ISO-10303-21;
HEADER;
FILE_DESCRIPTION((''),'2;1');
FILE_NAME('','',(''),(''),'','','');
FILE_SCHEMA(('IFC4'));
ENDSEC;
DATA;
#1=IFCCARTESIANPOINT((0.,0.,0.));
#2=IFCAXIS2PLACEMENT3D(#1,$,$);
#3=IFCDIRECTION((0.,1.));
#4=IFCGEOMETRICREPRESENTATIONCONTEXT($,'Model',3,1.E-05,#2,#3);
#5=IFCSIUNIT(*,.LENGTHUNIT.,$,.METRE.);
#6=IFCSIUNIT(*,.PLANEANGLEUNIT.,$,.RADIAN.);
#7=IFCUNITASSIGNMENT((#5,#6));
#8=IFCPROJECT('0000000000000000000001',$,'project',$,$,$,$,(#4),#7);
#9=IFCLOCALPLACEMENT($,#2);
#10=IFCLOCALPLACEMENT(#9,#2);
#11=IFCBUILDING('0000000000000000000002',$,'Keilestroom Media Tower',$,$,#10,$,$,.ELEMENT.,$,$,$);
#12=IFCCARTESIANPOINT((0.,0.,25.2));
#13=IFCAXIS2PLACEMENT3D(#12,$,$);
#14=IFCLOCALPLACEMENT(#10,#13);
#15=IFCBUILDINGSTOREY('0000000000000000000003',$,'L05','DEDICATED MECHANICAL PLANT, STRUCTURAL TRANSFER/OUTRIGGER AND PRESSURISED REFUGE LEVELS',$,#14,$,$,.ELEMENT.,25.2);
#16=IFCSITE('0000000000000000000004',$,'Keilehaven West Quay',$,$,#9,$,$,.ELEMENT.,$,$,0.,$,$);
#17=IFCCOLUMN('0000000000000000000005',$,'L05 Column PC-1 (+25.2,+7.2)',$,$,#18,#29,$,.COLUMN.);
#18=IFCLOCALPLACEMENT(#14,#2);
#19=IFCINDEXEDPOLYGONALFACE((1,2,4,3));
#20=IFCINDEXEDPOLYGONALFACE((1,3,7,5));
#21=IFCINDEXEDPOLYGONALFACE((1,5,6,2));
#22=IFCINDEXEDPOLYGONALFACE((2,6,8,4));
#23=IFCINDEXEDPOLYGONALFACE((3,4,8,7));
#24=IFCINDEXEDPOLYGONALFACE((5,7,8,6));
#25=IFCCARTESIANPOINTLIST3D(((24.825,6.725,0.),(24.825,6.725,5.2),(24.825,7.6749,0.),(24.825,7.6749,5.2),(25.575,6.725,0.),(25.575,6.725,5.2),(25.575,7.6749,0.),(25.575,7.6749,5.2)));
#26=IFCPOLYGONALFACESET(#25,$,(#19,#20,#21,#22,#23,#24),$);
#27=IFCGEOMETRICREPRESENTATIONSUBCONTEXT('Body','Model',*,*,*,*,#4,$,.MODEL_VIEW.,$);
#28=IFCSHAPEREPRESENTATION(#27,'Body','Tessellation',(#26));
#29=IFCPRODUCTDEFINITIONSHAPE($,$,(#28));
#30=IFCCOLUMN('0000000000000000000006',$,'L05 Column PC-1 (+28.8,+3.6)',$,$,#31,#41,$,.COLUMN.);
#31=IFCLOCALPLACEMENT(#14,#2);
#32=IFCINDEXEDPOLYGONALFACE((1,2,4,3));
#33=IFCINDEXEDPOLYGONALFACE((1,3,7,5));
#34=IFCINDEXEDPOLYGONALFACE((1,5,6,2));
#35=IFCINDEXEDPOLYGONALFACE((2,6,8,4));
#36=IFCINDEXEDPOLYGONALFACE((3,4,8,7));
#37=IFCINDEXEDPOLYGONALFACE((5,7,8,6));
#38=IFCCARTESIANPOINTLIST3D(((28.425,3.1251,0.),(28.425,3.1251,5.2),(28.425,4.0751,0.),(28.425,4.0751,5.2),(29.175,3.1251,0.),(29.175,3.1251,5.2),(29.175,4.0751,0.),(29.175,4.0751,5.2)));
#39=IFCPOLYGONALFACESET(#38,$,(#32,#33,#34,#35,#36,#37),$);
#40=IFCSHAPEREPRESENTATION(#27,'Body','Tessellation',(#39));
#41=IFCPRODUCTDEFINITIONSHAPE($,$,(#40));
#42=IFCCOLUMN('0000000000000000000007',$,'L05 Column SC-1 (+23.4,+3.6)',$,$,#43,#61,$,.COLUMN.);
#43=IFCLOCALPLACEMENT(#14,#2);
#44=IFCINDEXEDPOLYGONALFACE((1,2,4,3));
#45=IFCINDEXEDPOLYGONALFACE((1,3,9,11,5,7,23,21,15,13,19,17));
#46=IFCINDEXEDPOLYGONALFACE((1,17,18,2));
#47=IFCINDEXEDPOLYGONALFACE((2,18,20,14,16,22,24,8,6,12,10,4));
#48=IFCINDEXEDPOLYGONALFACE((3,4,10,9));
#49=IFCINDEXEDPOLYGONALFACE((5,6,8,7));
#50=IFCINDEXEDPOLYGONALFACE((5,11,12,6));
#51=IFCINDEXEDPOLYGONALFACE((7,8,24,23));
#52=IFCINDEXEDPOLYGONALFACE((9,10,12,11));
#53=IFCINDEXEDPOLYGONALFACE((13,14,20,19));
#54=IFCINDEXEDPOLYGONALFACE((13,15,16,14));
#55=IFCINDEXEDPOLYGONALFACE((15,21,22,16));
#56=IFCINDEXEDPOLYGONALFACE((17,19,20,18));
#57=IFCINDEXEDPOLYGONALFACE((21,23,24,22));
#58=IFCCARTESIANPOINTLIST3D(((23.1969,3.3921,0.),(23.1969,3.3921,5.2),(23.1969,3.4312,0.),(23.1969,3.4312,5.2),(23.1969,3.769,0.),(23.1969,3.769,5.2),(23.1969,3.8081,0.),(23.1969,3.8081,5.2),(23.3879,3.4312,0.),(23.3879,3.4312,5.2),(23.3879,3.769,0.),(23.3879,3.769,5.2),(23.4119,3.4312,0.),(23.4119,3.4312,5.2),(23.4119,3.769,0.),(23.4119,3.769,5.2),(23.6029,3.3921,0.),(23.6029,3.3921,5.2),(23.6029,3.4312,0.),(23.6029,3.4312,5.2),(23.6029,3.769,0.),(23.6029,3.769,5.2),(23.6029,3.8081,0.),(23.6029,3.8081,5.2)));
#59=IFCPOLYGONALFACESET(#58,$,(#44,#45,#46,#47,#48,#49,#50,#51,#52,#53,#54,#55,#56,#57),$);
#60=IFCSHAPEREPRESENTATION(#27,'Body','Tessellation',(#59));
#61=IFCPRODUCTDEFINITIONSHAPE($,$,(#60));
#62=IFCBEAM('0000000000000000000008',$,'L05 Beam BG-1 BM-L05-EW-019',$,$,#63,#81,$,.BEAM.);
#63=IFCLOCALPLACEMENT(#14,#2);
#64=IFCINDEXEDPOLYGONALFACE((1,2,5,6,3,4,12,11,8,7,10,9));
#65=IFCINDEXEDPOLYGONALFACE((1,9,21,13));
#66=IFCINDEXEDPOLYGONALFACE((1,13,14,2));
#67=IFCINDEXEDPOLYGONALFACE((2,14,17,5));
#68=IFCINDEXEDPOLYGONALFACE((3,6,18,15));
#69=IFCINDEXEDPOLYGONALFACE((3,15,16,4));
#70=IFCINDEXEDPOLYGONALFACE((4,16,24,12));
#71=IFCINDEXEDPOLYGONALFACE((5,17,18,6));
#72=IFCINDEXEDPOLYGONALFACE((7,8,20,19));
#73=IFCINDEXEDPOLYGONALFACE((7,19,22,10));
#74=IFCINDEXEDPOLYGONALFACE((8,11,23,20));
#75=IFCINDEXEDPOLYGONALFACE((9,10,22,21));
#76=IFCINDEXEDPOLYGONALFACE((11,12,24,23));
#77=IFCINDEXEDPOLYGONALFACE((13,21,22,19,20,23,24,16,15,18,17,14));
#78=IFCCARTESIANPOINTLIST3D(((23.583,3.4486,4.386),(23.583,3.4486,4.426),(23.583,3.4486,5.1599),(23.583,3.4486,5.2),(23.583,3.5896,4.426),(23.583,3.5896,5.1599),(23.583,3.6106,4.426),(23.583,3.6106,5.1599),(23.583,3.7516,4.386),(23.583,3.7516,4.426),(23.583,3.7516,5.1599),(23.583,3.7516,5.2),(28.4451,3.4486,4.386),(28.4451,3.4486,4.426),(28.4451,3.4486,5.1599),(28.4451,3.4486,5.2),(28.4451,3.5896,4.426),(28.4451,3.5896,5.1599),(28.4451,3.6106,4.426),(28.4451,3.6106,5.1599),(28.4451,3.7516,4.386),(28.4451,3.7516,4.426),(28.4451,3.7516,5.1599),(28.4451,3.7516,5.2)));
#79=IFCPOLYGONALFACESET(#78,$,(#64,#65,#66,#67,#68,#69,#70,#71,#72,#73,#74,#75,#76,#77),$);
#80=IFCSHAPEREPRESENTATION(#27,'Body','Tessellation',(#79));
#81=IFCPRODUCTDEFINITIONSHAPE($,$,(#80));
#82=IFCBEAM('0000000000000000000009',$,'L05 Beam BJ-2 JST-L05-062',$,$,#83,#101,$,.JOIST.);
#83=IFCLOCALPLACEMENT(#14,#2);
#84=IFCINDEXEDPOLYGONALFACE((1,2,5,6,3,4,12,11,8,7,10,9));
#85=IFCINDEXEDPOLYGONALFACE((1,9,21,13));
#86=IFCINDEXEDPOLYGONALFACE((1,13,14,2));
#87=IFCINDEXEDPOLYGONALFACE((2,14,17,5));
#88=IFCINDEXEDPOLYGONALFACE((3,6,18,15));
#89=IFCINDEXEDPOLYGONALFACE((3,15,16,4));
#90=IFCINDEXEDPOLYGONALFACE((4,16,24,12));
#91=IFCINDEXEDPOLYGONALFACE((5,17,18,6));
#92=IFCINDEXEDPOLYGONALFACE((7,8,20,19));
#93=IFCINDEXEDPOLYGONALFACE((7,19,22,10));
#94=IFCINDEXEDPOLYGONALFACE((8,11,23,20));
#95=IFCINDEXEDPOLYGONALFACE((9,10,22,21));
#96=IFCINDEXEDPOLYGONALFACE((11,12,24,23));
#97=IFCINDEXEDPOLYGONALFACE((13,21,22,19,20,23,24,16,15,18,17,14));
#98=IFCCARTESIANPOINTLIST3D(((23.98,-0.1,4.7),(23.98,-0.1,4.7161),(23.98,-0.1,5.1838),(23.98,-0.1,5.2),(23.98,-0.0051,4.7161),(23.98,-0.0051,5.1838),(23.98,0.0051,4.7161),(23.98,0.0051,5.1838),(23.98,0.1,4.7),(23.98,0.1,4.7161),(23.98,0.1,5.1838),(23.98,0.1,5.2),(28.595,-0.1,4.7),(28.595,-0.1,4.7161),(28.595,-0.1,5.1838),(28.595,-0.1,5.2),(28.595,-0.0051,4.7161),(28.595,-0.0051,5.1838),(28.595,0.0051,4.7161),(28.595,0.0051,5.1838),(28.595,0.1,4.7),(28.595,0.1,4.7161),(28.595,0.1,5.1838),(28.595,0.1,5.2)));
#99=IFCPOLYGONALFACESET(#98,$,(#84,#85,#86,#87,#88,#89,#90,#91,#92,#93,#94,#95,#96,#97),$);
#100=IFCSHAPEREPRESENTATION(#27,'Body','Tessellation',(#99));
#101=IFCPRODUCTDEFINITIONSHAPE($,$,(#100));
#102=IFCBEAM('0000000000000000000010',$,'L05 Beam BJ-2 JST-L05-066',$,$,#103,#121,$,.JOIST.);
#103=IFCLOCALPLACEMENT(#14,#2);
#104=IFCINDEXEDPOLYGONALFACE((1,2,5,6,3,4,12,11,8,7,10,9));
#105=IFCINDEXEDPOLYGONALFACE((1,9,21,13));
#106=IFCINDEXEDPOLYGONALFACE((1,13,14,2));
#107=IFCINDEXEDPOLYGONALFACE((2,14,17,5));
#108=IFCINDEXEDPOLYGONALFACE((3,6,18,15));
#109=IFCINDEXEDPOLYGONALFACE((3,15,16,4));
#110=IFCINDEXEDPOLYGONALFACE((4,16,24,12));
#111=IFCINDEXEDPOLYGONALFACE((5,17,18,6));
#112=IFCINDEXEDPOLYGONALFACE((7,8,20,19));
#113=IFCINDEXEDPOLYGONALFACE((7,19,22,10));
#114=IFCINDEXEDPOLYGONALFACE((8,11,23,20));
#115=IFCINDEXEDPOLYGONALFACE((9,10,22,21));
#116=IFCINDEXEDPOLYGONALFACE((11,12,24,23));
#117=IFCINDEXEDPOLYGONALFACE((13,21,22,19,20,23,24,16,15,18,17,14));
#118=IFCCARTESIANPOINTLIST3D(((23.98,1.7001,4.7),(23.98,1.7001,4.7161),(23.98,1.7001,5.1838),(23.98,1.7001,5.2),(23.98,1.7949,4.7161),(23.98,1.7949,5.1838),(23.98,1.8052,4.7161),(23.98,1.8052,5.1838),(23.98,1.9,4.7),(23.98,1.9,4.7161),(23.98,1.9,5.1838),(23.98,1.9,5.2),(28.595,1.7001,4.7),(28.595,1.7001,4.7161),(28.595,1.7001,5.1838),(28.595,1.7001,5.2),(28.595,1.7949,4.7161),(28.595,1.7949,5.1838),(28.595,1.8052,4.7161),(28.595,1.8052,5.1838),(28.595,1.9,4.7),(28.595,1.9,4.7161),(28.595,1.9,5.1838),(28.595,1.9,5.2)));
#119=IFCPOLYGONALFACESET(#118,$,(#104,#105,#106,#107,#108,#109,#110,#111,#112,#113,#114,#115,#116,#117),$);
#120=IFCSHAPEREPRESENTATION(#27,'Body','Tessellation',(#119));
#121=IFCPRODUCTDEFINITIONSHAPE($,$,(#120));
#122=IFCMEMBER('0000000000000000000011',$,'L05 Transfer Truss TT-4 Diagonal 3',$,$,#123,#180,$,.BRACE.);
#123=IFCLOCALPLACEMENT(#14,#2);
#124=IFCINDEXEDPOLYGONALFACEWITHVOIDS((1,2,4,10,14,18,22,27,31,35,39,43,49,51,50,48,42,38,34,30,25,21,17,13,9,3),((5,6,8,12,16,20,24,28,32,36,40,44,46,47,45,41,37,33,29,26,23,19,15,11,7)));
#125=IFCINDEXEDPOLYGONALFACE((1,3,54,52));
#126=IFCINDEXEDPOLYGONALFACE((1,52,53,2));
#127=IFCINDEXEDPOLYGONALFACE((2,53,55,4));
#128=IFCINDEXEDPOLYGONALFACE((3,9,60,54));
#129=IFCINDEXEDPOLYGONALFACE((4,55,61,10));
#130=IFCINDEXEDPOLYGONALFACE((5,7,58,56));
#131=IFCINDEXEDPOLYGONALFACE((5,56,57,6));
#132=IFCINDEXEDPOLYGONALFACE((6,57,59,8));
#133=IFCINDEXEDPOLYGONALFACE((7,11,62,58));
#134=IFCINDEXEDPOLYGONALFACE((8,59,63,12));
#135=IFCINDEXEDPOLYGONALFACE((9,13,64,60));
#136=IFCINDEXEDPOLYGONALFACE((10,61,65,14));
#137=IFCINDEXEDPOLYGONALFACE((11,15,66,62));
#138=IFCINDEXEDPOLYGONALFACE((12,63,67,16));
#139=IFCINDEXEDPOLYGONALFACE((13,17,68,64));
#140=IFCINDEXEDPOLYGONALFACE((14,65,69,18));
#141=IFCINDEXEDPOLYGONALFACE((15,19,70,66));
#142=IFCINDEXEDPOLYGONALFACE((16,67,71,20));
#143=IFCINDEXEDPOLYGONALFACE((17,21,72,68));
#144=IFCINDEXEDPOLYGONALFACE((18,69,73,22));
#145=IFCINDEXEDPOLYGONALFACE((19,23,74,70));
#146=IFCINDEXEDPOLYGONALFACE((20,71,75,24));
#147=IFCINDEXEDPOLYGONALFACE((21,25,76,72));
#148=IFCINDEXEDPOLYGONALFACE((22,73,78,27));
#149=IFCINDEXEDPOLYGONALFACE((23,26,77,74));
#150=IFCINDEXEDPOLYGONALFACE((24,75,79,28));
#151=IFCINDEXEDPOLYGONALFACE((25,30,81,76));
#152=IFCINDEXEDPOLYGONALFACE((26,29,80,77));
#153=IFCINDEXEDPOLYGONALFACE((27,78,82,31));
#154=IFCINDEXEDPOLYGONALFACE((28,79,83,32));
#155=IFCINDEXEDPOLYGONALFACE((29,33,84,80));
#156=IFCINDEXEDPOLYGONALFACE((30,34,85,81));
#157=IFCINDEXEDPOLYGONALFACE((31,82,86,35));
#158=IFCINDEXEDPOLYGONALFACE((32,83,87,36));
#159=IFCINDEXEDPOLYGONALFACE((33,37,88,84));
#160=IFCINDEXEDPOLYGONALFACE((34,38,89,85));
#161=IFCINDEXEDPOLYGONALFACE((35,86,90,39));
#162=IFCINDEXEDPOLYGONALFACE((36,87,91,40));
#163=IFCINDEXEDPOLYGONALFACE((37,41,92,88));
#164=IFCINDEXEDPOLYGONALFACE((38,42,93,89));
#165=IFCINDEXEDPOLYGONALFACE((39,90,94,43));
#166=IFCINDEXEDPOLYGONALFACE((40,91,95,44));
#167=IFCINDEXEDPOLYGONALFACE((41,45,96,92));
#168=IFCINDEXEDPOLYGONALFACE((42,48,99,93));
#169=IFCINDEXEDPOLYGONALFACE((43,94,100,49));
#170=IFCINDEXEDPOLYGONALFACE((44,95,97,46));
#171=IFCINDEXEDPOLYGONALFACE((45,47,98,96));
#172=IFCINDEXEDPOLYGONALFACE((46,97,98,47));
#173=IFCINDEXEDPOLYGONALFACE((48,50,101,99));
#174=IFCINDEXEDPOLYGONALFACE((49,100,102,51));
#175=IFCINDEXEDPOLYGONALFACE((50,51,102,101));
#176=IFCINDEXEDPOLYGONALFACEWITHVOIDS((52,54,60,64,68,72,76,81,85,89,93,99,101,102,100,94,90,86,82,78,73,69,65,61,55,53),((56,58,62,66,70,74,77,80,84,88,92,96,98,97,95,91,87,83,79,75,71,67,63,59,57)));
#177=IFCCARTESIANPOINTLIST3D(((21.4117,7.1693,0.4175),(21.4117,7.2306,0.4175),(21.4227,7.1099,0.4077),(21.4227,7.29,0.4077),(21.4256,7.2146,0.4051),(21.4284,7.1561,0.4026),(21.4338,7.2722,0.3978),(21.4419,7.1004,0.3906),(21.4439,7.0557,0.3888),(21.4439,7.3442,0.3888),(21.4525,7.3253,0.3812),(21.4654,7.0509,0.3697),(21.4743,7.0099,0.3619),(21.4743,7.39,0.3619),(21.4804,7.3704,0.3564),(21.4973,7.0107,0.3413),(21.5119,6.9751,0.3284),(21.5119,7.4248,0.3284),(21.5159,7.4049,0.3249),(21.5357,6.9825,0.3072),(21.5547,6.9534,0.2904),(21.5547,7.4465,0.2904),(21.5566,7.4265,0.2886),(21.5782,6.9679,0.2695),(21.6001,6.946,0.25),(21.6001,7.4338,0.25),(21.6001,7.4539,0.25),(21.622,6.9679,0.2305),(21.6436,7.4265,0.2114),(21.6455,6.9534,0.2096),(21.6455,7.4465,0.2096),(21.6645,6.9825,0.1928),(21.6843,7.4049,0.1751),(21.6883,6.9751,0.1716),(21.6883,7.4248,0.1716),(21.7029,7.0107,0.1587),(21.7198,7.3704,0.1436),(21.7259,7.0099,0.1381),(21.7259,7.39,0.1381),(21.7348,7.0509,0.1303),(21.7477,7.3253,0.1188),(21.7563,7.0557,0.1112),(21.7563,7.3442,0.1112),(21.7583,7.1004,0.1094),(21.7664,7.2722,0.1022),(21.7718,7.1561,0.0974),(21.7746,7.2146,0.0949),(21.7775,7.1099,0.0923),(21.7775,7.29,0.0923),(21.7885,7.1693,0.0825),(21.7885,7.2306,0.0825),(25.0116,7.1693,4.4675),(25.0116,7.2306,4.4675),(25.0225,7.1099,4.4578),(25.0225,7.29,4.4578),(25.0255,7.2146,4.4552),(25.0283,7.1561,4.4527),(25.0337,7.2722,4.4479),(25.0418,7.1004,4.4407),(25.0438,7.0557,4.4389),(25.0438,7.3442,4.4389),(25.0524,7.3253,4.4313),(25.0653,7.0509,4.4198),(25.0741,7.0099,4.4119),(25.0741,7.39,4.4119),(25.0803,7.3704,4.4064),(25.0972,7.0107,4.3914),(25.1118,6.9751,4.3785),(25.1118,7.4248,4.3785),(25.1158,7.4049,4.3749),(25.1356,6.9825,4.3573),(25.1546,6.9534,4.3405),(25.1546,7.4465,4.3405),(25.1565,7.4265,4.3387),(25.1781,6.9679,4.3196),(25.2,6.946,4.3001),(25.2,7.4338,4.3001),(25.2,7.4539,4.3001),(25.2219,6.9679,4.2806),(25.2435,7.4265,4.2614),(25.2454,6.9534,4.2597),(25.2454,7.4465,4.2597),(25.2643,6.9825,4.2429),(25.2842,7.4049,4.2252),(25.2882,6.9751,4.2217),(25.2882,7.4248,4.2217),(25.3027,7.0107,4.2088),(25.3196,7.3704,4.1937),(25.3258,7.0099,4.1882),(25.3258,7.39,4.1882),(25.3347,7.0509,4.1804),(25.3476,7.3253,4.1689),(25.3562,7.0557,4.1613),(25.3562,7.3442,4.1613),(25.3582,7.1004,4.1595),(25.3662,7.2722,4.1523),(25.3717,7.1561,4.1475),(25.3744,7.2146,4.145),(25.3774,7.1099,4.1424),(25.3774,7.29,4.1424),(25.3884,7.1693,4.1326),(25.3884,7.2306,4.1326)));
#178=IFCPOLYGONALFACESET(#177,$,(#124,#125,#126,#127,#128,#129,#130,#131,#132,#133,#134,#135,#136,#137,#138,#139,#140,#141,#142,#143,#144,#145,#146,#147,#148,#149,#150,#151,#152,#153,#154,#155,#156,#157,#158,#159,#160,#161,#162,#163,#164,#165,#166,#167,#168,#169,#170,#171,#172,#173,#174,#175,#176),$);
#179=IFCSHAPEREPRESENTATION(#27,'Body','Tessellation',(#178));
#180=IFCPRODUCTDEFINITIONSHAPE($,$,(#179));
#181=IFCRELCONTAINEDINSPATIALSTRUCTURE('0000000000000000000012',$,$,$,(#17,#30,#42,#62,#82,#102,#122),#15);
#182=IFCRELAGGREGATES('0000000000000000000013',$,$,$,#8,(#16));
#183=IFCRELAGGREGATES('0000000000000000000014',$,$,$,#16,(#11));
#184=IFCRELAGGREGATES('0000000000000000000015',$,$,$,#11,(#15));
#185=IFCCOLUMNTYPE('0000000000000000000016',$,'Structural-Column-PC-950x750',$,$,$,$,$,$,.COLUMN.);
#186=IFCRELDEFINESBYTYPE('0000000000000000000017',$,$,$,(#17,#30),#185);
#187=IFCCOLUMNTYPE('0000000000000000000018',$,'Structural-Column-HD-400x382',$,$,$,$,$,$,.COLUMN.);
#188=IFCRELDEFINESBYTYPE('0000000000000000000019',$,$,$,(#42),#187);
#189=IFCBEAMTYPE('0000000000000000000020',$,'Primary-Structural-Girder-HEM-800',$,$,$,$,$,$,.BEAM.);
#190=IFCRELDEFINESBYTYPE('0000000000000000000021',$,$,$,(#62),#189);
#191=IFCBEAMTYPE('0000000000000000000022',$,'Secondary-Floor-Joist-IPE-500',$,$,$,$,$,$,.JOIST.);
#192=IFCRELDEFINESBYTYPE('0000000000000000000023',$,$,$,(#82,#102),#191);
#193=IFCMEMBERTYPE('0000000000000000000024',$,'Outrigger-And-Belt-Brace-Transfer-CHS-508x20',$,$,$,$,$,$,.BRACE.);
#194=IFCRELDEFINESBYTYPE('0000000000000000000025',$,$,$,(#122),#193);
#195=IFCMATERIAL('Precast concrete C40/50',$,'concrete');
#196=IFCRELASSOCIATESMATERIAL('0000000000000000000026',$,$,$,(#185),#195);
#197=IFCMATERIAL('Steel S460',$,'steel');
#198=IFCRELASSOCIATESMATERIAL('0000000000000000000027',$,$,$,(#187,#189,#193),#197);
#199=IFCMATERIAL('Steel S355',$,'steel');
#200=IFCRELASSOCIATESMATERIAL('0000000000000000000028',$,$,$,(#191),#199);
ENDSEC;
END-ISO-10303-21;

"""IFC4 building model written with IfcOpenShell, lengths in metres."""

from ifc_helpers import new_model, si_unit, direction, frame, origin, origin_2d, place, context, subcontext, project, spatial, rectangle, hollow_circle, i_section, extrude, source, transform, mapped, material, material_profile, profile_set, type_object, element, save


model = new_model("IFC4")

# Units and contexts
model_context = context("Model", 3, precision=1e-05, world=origin(), true_north=direction((0.0, 1.0)))
body_context = subcontext(model_context, "Body", "Model", "MODEL_VIEW")
ifc_project = project(units=[si_unit("LENGTHUNIT", "METRE"), si_unit("PLANEANGLEUNIT", "RADIAN")], contexts=[model_context])

# Site, building, storey
site_placement = place(None, origin())
site = spatial("IfcSite", under=ifc_project, at=site_placement, Name="Keilehaven West Quay", CompositionType="ELEMENT", RefElevation=0.0)
building_placement = place(site_placement, origin())
building = spatial("IfcBuilding", under=site, at=building_placement, Name="Keilestroom Media Tower", CompositionType="ELEMENT")
storey_placement = place(building_placement, frame((0.0, 0.0, 25.2)))
storey = spatial("IfcBuildingStorey", under=building, at=storey_placement, Name="L05", Description="DEDICATED MECHANICAL PLANT, STRUCTURAL TRANSFER/OUTRIGGER AND PRESSURISED REFUGE LEVELS", CompositionType="ELEMENT", Elevation=25.2)

# Columns
ifc_material_1 = material(Name="Precast concrete C40/50", Category="concrete")
ifc_material_profile_1 = material_profile(ifc_material_1, rectangle(XDim=0.75, YDim=0.95, at=origin_2d()), Name="PC 950x750")
ifc_profile_set_1 = profile_set([ifc_material_profile_1], Name="Precast concrete C40/50")
column_type_1 = type_object("IfcColumnType", Name="Structural-Column-PC-950x750", PredefinedType="COLUMN", material=ifc_profile_set_1)
shared_shape_1 = source(origin(), body_context, "Body", "SweptSolid", [
    extrude(rectangle(XDim=0.75, YDim=0.95, at=origin_2d()), origin(), (0.0, 0.0, 1.0), 5.2),
])
for number, where, z_axis, x_axis, name in (
    (1, (25.2, 7.2, 0.0), (0.0, 0.0, 1.0), (1.0, 0.0, 0.0), "L05 Column PC-1 (+25.2,+7.2)"),
    (2, (28.8, 3.6001, 0.0), (0.0, 0.0, 1.0), (1.0, 0.0, 0.0), "L05 Column PC-1 (+28.8,+3.6)"),
):
    element("IfcColumn", number, at=place(storey_placement, frame(where, z_axis=z_axis, x_axis=x_axis)), inside=storey, type_object=column_type_1, Name=name, PredefinedType="COLUMN", context=body_context, shape_type="MappedRepresentation", body=[
        mapped(shared_shape_1, transform((0.0, 0.0, 0.0), x_axis=(1.0, 0.0, 0.0), y_axis=(0.0, 1.0, 0.0), z_axis=(0.0, 0.0, 1.0), scale=1.0)),
    ])
ifc_material_2 = material(Name="Steel S460", Category="steel")
ifc_material_profile_2 = material_profile(ifc_material_2, i_section(OverallWidth=0.406, OverallDepth=0.416, WebThickness=0.0239, FlangeThickness=0.0391, at=origin_2d()), Name="HD 400x382")
ifc_profile_set_2 = profile_set([ifc_material_profile_2], Name="Steel S460")
column_type_2 = type_object("IfcColumnType", Name="Structural-Column-HD-400x382", PredefinedType="COLUMN", material=ifc_profile_set_2)
shared_shape_2 = source(origin(), body_context, "Body", "SweptSolid", [
    extrude(i_section(OverallWidth=0.406, OverallDepth=0.416, WebThickness=0.0239, FlangeThickness=0.0391, at=origin_2d()), origin(), (0.0, 0.0, 1.0), 5.2),
])
column_placement = place(storey_placement, frame((23.3999, 3.6001, 0.0), z_axis=(0.0, 0.0, 1.0), x_axis=(1.0, 0.0, 0.0)))
element("IfcColumn", 3, at=column_placement, inside=storey, type_object=column_type_2, Name="L05 Column SC-1 (+23.4,+3.6)", PredefinedType="COLUMN", context=body_context, shape_type="MappedRepresentation", body=[
    mapped(shared_shape_2, transform((0.0, 0.0, 0.0), x_axis=(1.0, 0.0, 0.0), y_axis=(0.0, 1.0, 0.0), z_axis=(0.0, 0.0, 1.0), scale=1.0)),
])

# Beams
ifc_material_profile_3 = material_profile(ifc_material_2, i_section(OverallWidth=0.303, OverallDepth=0.814, WebThickness=0.021, FlangeThickness=0.04, at=origin_2d()), Name="HEM 800")
ifc_profile_set_3 = profile_set([ifc_material_profile_3], Name="Steel S460")
beam_type_1 = type_object("IfcBeamType", Name="Primary-Structural-Girder-HEM-800", PredefinedType="BEAM", material=ifc_profile_set_3)
shared_shape_3 = source(origin(), body_context, "Body", "SweptSolid", [
    extrude(i_section(OverallWidth=0.303, OverallDepth=0.814, WebThickness=0.021, FlangeThickness=0.04, at=origin_2d()), origin(), (0.0, 0.0, 1.0), 4.8621),
])
beam_placement = place(storey_placement, frame((23.583, 3.6001, 4.793), z_axis=(1.0, 0.0, 0.0), x_axis=(0.0, 1.0, 0.0)))
element("IfcBeam", 4, at=beam_placement, inside=storey, type_object=beam_type_1, Name="L05 Beam BG-1 BM-L05-EW-019", PredefinedType="BEAM", context=body_context, shape_type="MappedRepresentation", body=[
    mapped(shared_shape_3, transform((0.0, 0.0, 0.0), x_axis=(1.0, 0.0, 0.0), y_axis=(0.0, 1.0, 0.0), z_axis=(0.0, 0.0, 1.0), scale=1.0)),
])
ifc_material_3 = material(Name="Steel S355", Category="steel")
ifc_material_profile_4 = material_profile(ifc_material_3, i_section(OverallWidth=0.2, OverallDepth=0.5, WebThickness=0.0103, FlangeThickness=0.0161, at=origin_2d()), Name="IPE 500")
ifc_profile_set_4 = profile_set([ifc_material_profile_4], Name="Steel S355")
beam_type_2 = type_object("IfcBeamType", Name="Secondary-Floor-Joist-IPE-500", PredefinedType="JOIST", material=ifc_profile_set_4)
shared_shape_4 = source(origin(), body_context, "Body", "SweptSolid", [
    extrude(i_section(OverallWidth=0.2, OverallDepth=0.5, WebThickness=0.0103, FlangeThickness=0.0161, at=origin_2d()), origin(), (0.0, 0.0, 1.0), 4.615),
])
for number, where, z_axis, x_axis, name in (
    (5, (23.98, 0.0, 4.95), (1.0, 0.0, 0.0), (0.0, 1.0, 0.0), "L05 Beam BJ-2 JST-L05-062"),
    (6, (23.98, 1.8, 4.95), (1.0, 0.0, 0.0), (0.0, 1.0, 0.0), "L05 Beam BJ-2 JST-L05-066"),
):
    element("IfcBeam", number, at=place(storey_placement, frame(where, z_axis=z_axis, x_axis=x_axis)), inside=storey, type_object=beam_type_2, Name=name, PredefinedType="JOIST", context=body_context, shape_type="MappedRepresentation", body=[
        mapped(shared_shape_4, transform((0.0, 0.0, 0.0), x_axis=(1.0, 0.0, 0.0), y_axis=(0.0, 1.0, 0.0), z_axis=(0.0, 0.0, 1.0), scale=1.0)),
    ])

# Member
ifc_material_profile_5 = material_profile(ifc_material_2, hollow_circle(Radius=0.2539, WallThickness=0.02, at=origin_2d()), Name="CHS 508x20")
ifc_profile_set_5 = profile_set([ifc_material_profile_5], Name="Steel S460")
member_type_1 = type_object("IfcMemberType", Name="Outrigger-And-Belt-Brace-Transfer-CHS-508x20", PredefinedType="BRACE", material=ifc_profile_set_5)
shared_shape_5 = source(origin(), body_context, "Body", "SweptSolid", [
    extrude(hollow_circle(Radius=0.2539, WallThickness=0.02, at=origin_2d()), origin(), (0.0, 0.0, 1.0), 5.4187),
])
member_1_placement = place(storey_placement, frame((21.6001, 7.2, 0.25), z_axis=(0.664344, 0.0, 0.747427), x_axis=(0.0, 1.0, 0.0)))
element("IfcMember", 7, at=member_1_placement, inside=storey, type_object=member_type_1, Name="L05 Transfer Truss TT-4 Diagonal 3", PredefinedType="BRACE", context=body_context, shape_type="MappedRepresentation", body=[
    mapped(shared_shape_5, transform((0.0, 0.0, 0.0), x_axis=(1.0, 0.0, 0.0), y_axis=(0.0, 1.0, 0.0), z_axis=(0.0, 0.0, 1.0), scale=1.0)),
])

save(model, "model.ifc")
